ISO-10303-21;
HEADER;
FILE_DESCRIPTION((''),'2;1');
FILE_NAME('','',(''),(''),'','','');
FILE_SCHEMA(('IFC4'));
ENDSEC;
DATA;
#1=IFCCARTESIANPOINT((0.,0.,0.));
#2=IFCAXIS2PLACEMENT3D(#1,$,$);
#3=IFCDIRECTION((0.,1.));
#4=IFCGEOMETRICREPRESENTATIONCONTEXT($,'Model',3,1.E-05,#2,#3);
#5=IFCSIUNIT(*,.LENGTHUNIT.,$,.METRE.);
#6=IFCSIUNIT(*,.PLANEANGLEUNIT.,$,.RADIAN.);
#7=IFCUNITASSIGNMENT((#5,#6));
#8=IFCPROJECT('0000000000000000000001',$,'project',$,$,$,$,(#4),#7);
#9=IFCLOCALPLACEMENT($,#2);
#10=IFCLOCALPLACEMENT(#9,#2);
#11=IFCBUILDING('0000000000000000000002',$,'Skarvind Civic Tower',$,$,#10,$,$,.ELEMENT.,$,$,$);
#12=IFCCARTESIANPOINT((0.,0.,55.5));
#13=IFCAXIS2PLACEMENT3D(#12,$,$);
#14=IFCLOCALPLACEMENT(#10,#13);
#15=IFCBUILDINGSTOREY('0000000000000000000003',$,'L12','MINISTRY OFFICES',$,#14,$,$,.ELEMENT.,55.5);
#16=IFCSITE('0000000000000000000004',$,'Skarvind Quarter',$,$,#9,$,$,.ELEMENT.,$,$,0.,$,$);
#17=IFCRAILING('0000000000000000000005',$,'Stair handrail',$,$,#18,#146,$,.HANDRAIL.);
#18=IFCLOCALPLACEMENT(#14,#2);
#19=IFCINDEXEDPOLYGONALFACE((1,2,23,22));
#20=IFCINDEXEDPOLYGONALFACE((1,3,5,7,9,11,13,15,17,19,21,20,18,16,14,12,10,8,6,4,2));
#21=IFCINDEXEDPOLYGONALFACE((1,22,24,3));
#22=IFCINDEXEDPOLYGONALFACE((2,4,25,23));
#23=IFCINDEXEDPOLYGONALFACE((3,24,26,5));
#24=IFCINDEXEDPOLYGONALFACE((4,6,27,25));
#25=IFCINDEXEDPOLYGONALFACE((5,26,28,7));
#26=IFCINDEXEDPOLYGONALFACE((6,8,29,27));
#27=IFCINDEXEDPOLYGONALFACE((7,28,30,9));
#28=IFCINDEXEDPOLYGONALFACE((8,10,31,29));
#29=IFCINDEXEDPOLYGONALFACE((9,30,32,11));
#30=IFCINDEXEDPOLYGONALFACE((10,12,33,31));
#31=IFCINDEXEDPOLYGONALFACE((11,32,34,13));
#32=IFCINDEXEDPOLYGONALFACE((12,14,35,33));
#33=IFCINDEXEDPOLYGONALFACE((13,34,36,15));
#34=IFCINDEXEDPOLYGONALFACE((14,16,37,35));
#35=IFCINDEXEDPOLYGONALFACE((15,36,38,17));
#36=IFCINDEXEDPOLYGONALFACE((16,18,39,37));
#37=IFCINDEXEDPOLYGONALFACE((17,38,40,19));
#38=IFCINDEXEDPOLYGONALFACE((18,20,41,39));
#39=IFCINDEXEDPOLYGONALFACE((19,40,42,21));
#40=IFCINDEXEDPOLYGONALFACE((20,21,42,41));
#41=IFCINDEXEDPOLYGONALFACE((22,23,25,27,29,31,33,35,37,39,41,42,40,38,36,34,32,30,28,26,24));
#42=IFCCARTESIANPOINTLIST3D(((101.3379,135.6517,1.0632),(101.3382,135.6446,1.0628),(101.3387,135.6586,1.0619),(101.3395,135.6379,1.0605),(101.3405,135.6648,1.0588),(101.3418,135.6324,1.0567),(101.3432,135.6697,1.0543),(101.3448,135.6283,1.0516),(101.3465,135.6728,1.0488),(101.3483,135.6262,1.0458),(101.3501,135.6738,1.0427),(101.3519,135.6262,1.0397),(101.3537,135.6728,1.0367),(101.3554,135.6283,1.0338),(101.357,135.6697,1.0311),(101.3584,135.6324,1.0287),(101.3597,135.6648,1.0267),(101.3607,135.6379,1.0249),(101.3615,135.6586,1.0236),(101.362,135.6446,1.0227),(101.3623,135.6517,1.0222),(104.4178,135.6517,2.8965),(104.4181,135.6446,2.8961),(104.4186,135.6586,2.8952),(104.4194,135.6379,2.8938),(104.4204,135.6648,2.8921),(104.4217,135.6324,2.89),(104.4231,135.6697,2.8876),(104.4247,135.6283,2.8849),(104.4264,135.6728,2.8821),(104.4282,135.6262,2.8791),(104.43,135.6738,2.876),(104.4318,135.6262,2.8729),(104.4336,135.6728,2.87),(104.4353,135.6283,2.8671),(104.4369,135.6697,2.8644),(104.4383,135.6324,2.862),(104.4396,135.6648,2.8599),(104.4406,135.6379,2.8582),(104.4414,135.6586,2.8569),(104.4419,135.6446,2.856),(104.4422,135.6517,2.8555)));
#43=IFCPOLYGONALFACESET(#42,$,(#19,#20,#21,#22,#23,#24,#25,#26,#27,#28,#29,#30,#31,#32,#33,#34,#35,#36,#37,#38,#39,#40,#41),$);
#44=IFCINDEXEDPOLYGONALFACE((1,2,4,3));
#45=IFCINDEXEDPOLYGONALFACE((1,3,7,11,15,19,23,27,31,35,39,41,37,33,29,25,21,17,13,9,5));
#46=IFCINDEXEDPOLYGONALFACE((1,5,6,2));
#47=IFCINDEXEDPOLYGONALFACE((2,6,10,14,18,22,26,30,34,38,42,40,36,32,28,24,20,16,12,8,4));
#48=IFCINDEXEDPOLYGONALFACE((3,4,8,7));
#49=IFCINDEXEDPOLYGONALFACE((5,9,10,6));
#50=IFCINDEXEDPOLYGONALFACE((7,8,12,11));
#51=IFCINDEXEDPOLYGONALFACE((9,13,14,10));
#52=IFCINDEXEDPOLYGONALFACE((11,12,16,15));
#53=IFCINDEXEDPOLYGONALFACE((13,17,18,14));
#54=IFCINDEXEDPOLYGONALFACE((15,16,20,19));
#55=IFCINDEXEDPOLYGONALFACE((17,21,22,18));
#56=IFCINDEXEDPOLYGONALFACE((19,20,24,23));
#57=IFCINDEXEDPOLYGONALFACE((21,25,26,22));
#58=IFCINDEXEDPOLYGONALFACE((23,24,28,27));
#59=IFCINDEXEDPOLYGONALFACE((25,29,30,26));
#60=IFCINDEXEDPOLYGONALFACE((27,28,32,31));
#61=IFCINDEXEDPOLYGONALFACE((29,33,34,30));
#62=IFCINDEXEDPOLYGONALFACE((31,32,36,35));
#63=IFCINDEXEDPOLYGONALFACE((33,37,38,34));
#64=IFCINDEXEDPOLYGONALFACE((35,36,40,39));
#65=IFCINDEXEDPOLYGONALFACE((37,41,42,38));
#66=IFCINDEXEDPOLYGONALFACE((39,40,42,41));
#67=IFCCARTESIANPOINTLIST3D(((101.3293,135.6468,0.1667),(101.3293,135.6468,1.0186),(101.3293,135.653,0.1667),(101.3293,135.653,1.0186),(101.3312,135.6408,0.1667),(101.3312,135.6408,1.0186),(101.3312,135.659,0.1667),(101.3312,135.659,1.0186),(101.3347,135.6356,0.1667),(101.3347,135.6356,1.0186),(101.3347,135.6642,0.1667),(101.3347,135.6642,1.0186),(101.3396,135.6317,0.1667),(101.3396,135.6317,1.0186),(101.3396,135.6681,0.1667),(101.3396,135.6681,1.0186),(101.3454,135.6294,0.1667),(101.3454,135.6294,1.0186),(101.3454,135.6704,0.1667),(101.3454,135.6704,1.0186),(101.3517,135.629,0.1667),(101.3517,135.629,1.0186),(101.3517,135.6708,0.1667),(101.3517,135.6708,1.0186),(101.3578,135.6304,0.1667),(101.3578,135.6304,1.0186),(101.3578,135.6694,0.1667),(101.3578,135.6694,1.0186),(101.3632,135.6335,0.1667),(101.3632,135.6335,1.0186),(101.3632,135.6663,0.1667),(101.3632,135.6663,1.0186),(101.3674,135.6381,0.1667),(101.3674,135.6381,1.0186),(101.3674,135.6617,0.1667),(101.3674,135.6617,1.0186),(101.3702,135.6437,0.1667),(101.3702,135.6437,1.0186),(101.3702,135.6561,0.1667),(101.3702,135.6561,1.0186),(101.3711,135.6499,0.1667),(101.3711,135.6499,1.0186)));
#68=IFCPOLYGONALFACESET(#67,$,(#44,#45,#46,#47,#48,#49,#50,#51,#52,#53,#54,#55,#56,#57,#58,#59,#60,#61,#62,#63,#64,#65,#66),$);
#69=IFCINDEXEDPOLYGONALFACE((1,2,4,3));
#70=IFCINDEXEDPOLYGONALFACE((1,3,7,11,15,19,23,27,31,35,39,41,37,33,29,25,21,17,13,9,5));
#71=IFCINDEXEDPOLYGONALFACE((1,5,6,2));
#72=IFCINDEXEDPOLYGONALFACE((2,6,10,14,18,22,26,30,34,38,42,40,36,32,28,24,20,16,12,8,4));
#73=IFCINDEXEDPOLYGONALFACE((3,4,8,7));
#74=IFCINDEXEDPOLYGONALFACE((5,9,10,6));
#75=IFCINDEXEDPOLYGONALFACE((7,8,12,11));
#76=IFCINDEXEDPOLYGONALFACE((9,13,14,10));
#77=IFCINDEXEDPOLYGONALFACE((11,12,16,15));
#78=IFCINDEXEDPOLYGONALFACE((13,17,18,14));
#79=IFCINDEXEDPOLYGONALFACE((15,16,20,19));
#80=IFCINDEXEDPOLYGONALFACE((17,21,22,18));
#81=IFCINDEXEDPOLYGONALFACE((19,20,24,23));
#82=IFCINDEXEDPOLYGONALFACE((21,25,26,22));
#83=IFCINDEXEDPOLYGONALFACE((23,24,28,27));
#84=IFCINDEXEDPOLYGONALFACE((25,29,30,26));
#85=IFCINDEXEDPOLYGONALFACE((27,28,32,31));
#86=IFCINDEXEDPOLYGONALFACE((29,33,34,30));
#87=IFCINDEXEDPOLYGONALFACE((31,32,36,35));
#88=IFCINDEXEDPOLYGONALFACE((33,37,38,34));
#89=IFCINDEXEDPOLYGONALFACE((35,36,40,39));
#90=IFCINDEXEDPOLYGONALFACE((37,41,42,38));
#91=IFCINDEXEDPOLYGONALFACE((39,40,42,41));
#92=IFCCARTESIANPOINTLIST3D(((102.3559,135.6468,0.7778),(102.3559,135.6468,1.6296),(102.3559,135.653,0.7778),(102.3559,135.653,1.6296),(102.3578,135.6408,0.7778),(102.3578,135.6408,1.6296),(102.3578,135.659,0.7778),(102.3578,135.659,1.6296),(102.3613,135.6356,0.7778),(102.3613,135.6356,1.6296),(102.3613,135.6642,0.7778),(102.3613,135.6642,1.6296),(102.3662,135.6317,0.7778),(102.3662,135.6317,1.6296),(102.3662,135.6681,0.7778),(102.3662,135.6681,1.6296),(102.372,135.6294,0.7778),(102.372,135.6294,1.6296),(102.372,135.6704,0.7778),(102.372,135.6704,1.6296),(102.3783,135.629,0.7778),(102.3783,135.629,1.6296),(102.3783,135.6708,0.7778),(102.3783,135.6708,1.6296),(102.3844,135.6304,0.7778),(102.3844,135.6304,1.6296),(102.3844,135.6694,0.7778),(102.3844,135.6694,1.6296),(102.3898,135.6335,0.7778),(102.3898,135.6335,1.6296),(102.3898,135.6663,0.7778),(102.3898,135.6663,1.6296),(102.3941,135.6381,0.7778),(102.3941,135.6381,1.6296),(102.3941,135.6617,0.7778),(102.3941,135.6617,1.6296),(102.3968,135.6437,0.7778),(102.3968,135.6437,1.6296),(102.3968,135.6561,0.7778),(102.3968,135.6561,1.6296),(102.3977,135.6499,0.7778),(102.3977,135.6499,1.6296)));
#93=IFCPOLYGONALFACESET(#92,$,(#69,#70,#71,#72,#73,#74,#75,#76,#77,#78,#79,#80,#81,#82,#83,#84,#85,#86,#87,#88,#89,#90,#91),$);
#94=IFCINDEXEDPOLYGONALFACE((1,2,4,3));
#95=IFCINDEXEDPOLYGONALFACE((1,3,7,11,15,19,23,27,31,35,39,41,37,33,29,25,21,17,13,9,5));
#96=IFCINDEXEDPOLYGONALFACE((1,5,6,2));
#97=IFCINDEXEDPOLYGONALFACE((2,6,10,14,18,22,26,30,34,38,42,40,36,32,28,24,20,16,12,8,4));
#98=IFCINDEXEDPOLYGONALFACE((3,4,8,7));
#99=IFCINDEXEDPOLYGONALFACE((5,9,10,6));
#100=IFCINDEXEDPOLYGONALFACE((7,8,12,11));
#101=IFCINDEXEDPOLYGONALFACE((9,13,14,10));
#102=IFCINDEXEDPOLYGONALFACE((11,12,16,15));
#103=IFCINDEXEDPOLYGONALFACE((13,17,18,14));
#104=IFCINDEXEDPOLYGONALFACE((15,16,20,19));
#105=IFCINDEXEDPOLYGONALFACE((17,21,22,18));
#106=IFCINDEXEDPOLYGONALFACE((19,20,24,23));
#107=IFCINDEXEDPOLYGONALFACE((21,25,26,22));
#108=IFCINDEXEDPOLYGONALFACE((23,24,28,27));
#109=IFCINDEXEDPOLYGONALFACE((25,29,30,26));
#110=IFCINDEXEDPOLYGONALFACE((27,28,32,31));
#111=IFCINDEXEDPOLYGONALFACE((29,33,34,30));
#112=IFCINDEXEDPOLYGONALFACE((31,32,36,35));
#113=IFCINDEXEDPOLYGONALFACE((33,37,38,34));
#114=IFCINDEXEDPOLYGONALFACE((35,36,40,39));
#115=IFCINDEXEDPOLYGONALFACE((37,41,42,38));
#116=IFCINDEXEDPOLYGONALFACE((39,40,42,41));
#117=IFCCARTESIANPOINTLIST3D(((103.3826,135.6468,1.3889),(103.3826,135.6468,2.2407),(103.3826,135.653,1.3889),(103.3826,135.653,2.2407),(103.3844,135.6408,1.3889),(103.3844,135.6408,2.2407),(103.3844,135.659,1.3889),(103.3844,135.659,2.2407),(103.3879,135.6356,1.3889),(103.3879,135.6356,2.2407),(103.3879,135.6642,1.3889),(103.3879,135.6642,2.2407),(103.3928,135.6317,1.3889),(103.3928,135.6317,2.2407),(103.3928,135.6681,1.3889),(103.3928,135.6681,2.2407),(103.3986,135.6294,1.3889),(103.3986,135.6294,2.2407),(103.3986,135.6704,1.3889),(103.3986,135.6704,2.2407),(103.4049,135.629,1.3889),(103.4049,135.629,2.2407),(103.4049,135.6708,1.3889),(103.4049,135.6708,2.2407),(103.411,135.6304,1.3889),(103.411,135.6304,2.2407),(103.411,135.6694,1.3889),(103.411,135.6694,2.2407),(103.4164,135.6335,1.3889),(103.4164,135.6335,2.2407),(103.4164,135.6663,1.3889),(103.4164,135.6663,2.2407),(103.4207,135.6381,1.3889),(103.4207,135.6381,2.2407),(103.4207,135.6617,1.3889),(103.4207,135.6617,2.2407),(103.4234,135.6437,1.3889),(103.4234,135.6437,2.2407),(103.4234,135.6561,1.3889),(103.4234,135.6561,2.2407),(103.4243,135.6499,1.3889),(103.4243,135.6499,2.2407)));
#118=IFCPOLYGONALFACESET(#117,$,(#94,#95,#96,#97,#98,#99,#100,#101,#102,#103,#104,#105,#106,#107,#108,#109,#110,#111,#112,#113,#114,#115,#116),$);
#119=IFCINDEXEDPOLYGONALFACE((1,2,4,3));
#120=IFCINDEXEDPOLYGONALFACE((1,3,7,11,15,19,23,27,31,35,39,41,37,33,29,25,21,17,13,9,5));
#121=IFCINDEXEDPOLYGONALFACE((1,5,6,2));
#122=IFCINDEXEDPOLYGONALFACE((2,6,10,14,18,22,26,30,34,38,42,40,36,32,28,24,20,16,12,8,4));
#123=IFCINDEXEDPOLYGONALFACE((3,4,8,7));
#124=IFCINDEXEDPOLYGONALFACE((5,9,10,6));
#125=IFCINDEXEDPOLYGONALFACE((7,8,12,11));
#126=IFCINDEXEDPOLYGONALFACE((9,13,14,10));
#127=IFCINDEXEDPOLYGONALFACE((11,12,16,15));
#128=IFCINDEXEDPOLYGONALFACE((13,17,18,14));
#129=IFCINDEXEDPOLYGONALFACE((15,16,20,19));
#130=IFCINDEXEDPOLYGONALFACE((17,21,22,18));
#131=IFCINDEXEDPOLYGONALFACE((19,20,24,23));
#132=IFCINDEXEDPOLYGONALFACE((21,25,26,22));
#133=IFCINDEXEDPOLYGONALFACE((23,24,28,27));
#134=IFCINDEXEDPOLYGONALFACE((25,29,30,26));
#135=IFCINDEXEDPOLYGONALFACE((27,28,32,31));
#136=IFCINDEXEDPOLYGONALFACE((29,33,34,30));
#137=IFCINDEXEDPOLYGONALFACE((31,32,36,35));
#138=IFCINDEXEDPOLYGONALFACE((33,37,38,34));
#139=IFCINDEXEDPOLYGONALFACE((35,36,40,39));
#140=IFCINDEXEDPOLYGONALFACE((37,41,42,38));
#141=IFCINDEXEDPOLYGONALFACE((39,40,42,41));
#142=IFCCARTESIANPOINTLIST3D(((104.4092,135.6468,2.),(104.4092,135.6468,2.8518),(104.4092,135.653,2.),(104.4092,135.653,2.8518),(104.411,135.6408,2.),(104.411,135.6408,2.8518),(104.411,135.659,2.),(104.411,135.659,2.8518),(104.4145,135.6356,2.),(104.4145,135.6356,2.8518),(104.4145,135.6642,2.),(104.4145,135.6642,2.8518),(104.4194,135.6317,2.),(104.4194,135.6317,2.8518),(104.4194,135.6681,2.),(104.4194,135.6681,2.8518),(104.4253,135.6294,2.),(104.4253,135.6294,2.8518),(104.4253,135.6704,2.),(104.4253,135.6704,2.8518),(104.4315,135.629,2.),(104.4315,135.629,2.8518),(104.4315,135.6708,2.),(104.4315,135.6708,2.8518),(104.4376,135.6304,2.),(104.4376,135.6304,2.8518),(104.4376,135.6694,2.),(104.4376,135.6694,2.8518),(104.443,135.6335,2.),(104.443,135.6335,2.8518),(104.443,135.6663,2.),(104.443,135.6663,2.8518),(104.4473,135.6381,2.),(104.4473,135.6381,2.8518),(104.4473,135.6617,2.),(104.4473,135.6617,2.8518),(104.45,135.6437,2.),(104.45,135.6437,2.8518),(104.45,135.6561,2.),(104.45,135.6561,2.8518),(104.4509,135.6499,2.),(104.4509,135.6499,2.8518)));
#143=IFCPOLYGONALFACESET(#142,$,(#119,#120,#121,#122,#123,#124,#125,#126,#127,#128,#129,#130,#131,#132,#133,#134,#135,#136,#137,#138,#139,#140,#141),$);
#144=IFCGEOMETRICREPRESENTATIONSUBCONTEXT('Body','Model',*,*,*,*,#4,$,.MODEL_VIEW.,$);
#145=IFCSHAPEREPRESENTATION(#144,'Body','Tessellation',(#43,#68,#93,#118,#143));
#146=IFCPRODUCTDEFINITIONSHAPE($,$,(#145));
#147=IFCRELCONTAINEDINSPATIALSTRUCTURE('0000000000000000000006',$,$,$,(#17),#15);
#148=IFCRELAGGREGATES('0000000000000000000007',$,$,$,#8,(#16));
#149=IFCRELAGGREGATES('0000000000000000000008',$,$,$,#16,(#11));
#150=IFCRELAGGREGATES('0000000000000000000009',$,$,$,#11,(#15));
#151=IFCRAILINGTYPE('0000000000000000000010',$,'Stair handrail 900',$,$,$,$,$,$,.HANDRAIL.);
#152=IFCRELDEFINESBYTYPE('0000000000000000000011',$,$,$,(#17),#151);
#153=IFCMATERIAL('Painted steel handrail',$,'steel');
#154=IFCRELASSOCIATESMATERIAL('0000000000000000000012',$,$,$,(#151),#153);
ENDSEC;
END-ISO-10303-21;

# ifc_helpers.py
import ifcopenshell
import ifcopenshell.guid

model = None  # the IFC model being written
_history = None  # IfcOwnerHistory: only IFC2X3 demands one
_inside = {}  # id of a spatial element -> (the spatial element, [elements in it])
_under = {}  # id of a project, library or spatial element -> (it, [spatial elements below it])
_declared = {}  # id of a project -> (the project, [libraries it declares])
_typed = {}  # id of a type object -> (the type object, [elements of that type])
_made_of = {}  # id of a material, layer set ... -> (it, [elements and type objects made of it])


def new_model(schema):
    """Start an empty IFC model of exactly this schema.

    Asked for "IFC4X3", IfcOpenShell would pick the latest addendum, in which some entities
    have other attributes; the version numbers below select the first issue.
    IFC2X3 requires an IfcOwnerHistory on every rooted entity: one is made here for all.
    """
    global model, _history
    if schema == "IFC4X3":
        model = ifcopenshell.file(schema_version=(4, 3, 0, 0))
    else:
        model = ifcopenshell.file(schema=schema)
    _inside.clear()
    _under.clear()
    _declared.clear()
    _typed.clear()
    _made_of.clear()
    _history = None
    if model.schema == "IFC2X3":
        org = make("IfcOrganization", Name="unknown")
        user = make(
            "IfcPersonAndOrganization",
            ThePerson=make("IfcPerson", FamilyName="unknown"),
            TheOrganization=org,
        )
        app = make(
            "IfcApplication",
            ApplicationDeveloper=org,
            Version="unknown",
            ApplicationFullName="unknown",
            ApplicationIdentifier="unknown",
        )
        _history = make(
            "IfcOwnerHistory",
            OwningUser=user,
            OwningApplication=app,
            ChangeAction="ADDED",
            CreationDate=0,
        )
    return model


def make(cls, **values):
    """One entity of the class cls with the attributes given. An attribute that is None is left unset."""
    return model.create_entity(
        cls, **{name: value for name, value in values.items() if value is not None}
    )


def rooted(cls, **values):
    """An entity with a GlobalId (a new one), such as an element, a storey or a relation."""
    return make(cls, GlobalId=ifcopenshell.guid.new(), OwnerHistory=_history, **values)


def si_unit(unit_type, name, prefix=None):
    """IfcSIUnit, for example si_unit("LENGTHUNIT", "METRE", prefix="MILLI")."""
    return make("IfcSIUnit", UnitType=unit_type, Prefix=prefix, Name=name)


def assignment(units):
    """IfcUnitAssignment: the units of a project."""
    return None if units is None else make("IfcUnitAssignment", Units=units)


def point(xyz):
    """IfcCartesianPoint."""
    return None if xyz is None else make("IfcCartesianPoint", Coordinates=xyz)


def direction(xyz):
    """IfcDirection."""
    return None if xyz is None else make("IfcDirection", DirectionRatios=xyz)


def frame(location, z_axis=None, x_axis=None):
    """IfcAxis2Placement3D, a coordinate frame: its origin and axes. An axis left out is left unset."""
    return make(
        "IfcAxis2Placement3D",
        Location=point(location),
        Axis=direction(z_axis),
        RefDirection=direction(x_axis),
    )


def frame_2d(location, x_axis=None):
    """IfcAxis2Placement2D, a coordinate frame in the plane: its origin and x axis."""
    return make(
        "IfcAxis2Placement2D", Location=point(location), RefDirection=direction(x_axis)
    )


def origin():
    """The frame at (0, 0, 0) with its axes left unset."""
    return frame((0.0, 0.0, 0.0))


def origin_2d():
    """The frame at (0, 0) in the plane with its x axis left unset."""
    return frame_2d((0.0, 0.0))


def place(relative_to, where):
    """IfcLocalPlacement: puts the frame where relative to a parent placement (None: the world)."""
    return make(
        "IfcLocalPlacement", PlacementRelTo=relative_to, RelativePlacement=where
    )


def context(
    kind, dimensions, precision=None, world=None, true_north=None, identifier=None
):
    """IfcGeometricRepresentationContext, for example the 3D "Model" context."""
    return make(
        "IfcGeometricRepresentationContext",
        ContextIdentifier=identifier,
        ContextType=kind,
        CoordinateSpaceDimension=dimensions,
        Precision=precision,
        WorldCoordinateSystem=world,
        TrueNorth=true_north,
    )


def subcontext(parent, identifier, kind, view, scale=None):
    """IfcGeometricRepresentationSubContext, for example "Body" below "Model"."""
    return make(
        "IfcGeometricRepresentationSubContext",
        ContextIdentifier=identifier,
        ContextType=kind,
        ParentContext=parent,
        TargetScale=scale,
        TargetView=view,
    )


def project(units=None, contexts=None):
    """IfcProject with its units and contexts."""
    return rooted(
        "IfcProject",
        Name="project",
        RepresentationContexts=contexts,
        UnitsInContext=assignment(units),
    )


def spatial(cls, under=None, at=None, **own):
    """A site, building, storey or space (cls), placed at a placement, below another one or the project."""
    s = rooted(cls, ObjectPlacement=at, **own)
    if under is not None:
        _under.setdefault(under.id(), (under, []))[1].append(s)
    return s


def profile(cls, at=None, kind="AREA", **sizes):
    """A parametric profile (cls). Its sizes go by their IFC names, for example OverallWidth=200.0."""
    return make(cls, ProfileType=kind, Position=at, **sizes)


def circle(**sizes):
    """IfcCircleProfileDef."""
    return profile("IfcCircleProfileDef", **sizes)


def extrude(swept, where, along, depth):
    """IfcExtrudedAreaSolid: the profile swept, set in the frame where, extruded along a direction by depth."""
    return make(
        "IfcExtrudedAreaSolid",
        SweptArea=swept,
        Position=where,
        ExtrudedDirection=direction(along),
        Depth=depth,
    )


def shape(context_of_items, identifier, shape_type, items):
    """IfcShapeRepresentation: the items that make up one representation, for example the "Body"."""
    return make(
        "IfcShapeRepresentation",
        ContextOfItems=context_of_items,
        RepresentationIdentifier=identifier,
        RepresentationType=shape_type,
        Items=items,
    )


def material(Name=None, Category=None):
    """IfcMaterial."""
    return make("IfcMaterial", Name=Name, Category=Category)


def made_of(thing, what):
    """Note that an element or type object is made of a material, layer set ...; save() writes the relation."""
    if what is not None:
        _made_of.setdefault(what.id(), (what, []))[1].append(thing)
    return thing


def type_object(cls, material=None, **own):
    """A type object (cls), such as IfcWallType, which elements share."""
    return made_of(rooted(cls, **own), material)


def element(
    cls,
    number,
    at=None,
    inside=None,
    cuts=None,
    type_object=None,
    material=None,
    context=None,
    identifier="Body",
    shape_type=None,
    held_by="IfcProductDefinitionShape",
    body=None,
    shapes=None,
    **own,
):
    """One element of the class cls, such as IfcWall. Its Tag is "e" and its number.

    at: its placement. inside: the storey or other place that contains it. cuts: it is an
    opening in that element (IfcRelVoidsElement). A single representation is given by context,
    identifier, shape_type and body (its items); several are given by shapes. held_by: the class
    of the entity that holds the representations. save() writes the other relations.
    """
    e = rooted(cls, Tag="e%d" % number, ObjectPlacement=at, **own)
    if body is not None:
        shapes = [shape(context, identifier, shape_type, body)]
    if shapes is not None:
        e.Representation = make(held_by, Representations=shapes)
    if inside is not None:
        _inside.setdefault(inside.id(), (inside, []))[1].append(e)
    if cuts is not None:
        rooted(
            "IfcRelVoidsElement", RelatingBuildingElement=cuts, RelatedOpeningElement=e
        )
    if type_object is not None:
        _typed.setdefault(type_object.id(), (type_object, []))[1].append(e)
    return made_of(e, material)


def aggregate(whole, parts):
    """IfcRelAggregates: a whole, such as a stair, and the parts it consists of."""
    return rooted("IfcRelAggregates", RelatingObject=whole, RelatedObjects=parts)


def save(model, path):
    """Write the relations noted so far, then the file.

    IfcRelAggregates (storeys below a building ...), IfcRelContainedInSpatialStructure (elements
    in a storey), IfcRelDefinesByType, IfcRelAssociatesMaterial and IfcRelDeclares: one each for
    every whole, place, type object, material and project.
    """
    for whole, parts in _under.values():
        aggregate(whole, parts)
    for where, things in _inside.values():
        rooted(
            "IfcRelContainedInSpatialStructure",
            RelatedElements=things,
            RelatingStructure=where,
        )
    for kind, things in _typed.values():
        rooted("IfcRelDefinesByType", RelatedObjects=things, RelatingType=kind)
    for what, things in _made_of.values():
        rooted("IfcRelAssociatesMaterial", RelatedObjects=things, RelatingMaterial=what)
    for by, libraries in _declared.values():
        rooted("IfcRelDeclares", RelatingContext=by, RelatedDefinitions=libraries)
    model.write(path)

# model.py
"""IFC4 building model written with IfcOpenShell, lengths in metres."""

from ifc_helpers import new_model, si_unit, direction, frame, origin, origin_2d, place, context, subcontext, project, spatial, circle, extrude, material, type_object, element, save


model = new_model("IFC4")

# Units and contexts
model_context = context("Model", 3, precision=1e-05, world=origin(), true_north=direction((0.0, 1.0)))
body_context = subcontext(model_context, "Body", "Model", "MODEL_VIEW")
ifc_project = project(units=[si_unit("LENGTHUNIT", "METRE"), si_unit("PLANEANGLEUNIT", "RADIAN")], contexts=[model_context])

# Site, building, storey
site_placement = place(None, origin())
site = spatial("IfcSite", under=ifc_project, at=site_placement, Name="Skarvind Quarter", CompositionType="ELEMENT", RefElevation=0.0)
building_placement = place(site_placement, origin())
building = spatial("IfcBuilding", under=site, at=building_placement, Name="Skarvind Civic Tower", CompositionType="ELEMENT")
storey_placement = place(building_placement, frame((0.0, 0.0, 55.5)))
storey = spatial("IfcBuildingStorey", under=building, at=storey_placement, Name="L12", Description="MINISTRY OFFICES", CompositionType="ELEMENT", Elevation=55.5)

# Railing
ifc_material_1 = material(Name="Painted steel handrail", Category="steel")
railing_type = type_object("IfcRailingType", Name="Stair handrail 900", PredefinedType="HANDRAIL", material=ifc_material_1)
railing_placement = place(storey_placement, frame((101.3501, 135.6499, 0.1667)))
element("IfcRailing", 1, at=railing_placement, inside=storey, type_object=railing_type, Name="Stair handrail", PredefinedType="HANDRAIL", context=body_context, shape_type="SweptSolid", body=[
    extrude(circle(Radius=0.0239, at=origin_2d()), frame((0.0, 0.0, 0.876), z_axis=(0.859291, 0.0, 0.511487), x_axis=(0.0, 1.0, 0.0)), (0.0, 0.0, 1.0), 3.5842),
    extrude(circle(Radius=0.021, at=origin_2d()), origin(), (0.0, 0.0, 1.0), 0.8518),
    extrude(circle(Radius=0.021, at=origin_2d()), frame((1.0266, 0.0, 0.6111)), (0.0, 0.0, 1.0), 0.8518),
    extrude(circle(Radius=0.021, at=origin_2d()), frame((2.0532, 0.0, 1.2222)), (0.0, 0.0, 1.0), 0.8518),
    extrude(circle(Radius=0.021, at=origin_2d()), frame((3.0798, 0.0, 1.8333)), (0.0, 0.0, 1.0), 0.8518),
])

save(model, "model.ifc")
